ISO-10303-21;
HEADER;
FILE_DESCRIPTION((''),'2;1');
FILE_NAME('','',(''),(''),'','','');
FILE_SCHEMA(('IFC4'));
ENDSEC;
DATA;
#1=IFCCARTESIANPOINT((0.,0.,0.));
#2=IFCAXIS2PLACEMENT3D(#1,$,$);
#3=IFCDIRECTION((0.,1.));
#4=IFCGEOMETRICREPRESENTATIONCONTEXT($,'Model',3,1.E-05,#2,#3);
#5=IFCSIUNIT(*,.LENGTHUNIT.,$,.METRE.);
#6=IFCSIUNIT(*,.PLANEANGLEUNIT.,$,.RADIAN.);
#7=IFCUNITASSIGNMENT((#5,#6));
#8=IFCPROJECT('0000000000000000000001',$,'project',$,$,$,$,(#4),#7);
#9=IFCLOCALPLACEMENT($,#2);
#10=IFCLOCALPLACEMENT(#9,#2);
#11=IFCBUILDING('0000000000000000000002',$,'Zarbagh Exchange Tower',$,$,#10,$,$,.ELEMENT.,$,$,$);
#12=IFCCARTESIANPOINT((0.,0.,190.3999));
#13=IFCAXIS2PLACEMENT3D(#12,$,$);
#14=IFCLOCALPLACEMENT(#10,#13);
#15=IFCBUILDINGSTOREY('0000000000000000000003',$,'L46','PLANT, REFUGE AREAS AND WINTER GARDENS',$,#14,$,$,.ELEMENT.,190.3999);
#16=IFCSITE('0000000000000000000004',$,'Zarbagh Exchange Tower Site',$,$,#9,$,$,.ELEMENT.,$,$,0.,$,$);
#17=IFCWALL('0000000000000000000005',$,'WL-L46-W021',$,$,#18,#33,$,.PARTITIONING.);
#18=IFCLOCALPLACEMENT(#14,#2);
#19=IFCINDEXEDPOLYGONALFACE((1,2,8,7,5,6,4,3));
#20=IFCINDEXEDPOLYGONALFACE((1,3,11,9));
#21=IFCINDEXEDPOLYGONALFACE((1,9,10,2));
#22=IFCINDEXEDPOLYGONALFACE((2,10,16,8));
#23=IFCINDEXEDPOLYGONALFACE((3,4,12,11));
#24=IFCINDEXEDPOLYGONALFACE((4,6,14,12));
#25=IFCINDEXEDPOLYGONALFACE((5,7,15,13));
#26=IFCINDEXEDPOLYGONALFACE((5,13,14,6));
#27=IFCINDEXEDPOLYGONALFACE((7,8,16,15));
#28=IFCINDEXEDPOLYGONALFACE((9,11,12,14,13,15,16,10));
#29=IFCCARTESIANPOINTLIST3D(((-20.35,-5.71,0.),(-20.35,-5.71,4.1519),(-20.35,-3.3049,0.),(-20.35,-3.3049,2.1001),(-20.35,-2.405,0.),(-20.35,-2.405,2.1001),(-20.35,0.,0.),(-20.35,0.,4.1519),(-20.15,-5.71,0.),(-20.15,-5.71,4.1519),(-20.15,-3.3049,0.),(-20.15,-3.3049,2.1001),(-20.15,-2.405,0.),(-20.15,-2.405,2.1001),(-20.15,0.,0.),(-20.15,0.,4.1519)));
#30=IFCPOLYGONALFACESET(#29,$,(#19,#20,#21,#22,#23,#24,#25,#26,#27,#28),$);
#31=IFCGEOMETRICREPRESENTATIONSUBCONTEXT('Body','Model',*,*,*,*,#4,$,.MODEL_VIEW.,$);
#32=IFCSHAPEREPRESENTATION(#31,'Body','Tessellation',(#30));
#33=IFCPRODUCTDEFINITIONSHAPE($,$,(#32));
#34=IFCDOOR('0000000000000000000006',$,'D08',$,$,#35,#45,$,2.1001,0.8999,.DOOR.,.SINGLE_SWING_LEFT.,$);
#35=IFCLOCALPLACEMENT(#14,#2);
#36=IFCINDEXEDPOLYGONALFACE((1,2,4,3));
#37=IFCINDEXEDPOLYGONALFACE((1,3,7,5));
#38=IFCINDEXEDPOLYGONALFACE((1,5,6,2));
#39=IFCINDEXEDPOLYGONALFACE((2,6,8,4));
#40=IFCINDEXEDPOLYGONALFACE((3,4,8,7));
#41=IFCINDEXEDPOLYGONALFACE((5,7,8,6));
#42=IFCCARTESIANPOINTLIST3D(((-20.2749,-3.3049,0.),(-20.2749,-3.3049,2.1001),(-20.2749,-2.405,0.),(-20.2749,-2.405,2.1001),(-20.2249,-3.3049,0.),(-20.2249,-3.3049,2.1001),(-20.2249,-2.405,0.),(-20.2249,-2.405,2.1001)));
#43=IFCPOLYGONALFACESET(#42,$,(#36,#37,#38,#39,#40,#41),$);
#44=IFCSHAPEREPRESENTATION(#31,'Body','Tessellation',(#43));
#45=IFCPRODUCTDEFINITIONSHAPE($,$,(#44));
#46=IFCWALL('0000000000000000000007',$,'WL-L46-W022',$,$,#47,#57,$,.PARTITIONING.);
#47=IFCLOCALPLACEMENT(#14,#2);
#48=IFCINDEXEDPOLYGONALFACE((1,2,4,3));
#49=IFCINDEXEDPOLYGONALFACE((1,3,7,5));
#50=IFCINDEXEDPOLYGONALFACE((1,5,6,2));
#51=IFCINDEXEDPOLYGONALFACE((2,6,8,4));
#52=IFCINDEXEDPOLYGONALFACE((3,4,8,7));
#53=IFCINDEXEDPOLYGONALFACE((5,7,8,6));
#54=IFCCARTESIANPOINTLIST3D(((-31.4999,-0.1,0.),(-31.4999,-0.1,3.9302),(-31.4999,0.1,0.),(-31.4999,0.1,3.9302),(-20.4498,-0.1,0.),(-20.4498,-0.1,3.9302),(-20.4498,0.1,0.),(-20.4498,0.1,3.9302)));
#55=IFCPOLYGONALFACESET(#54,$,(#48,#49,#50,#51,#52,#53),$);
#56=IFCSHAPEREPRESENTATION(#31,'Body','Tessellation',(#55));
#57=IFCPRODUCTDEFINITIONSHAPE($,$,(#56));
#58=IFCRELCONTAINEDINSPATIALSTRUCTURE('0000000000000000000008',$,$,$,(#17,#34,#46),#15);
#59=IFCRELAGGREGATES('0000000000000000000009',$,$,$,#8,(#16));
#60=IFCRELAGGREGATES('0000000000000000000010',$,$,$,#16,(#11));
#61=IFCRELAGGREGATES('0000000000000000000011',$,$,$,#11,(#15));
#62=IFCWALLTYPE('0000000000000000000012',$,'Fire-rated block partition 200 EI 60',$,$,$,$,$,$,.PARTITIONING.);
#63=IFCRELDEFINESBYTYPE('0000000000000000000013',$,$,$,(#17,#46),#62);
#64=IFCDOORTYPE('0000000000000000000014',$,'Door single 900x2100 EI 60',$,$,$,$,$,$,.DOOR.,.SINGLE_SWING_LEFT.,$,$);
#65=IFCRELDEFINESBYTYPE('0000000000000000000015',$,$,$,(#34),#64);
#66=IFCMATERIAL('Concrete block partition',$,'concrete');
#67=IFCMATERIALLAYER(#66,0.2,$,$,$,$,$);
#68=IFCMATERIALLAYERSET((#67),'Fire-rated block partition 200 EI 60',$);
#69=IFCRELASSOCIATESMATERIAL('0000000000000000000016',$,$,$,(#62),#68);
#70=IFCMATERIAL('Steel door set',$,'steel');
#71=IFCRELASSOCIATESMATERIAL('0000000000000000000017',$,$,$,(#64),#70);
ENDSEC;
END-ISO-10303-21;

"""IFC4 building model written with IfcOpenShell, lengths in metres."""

from ifc_helpers import new_model, si_unit, direction, frame, frame_2d, origin, place, context, subcontext, project, spatial, rectangle, extrude, material, layer, layer_set, type_object, element, fill, save


model = new_model("IFC4")

# Units and contexts
model_context = context("Model", 3, precision=1e-05, world=origin(), true_north=direction((0.0, 1.0)))
body_context = subcontext(model_context, "Body", "Model", "MODEL_VIEW")
ifc_project = project(units=[si_unit("LENGTHUNIT", "METRE"), si_unit("PLANEANGLEUNIT", "RADIAN")], contexts=[model_context])

# Site, building, storey
site_placement = place(None, origin())
site = spatial("IfcSite", under=ifc_project, at=site_placement, Name="Zarbagh Exchange Tower Site", CompositionType="ELEMENT", RefElevation=0.0)
building_placement = place(site_placement, origin())
building = spatial("IfcBuilding", under=site, at=building_placement, Name="Zarbagh Exchange Tower", CompositionType="ELEMENT")
storey_placement = place(building_placement, frame((0.0, 0.0, 190.3999)))
storey = spatial("IfcBuildingStorey", under=building, at=storey_placement, Name="L46", Description="PLANT, REFUGE AREAS AND WINTER GARDENS", CompositionType="ELEMENT", Elevation=190.3999)

# Wall, opening, door
ifc_material_1 = material(Name="Concrete block partition", Category="concrete")
ifc_layer = layer(ifc_material_1, 0.2)
ifc_layer_set = layer_set([ifc_layer], Name="Fire-rated block partition 200 EI 60")
wall_type = type_object("IfcWallType", Name="Fire-rated block partition 200 EI 60", PredefinedType="PARTITIONING", material=ifc_layer_set)
ifc_material_2 = material(Name="Steel door set", Category="steel")
door_type = type_object("IfcDoorType", Name="Door single 900x2100 EI 60", OperationType="SINGLE_SWING_LEFT", PredefinedType="DOOR", material=ifc_material_2)
wall_1_placement = place(storey_placement, frame((-20.25, -5.71, 0.0), z_axis=(0.0, 0.0, 1.0), x_axis=(0.0, 1.0, 0.0)))
wall_1 = element("IfcWall", 1, at=wall_1_placement, inside=storey, type_object=wall_type, Name="WL-L46-W021", PredefinedType="PARTITIONING", context=body_context, shape_type="SweptSolid", body=[
    extrude(rectangle(XDim=5.71, YDim=0.2, at=frame_2d((2.855, 0.0))), origin(), (0.0, 0.0, 1.0), 4.1519),
])
opening_1_placement = place(wall_1_placement, frame((2.405, 0.0, 0.0)))
opening_1 = element("IfcOpeningElement", 2, at=opening_1_placement, cuts=wall_1, PredefinedType="OPENING", context=body_context, shape_type="SweptSolid", body=[
    extrude(rectangle(XDim=0.8999, YDim=2.1001, at=frame_2d((0.45, 1.05))), frame((0.0, 0.1099, 0.0), z_axis=(0.0, -1.0, 0.0), x_axis=(1.0, 0.0, 0.0)), (0.0, 0.0, 1.0), 0.22),
])
door_1_placement = place(opening_1_placement, origin())
door_1 = element("IfcDoor", 3, at=door_1_placement, inside=storey, type_object=door_type, Name="D08", OperationType="SINGLE_SWING_LEFT", OverallHeight=2.1001, OverallWidth=0.8999, PredefinedType="DOOR", context=body_context, shape_type="SweptSolid", body=[
    extrude(rectangle(XDim=0.8999, YDim=2.1001, at=frame_2d((0.45, 1.05))), frame((0.0, 0.0249, 0.0), z_axis=(0.0, -1.0, 0.0), x_axis=(1.0, 0.0, 0.0)), (0.0, 0.0, 1.0), 0.05),
])
fill(opening_1, door_1)

# Wall
wall_2_placement = place(storey_placement, frame((-20.45, 0.0, 0.0), z_axis=(0.0, 0.0, 1.0), x_axis=(-1.0, 0.0, 0.0)))
element("IfcWall", 4, at=wall_2_placement, inside=storey, type_object=wall_type, Name="WL-L46-W022", PredefinedType="PARTITIONING", context=body_context, shape_type="SweptSolid", body=[
    extrude(rectangle(XDim=11.05, YDim=0.2, at=frame_2d((5.5249, 0.0))), origin(), (0.0, 0.0, 1.0), 3.9302),
])

save(model, "model.ifc")
